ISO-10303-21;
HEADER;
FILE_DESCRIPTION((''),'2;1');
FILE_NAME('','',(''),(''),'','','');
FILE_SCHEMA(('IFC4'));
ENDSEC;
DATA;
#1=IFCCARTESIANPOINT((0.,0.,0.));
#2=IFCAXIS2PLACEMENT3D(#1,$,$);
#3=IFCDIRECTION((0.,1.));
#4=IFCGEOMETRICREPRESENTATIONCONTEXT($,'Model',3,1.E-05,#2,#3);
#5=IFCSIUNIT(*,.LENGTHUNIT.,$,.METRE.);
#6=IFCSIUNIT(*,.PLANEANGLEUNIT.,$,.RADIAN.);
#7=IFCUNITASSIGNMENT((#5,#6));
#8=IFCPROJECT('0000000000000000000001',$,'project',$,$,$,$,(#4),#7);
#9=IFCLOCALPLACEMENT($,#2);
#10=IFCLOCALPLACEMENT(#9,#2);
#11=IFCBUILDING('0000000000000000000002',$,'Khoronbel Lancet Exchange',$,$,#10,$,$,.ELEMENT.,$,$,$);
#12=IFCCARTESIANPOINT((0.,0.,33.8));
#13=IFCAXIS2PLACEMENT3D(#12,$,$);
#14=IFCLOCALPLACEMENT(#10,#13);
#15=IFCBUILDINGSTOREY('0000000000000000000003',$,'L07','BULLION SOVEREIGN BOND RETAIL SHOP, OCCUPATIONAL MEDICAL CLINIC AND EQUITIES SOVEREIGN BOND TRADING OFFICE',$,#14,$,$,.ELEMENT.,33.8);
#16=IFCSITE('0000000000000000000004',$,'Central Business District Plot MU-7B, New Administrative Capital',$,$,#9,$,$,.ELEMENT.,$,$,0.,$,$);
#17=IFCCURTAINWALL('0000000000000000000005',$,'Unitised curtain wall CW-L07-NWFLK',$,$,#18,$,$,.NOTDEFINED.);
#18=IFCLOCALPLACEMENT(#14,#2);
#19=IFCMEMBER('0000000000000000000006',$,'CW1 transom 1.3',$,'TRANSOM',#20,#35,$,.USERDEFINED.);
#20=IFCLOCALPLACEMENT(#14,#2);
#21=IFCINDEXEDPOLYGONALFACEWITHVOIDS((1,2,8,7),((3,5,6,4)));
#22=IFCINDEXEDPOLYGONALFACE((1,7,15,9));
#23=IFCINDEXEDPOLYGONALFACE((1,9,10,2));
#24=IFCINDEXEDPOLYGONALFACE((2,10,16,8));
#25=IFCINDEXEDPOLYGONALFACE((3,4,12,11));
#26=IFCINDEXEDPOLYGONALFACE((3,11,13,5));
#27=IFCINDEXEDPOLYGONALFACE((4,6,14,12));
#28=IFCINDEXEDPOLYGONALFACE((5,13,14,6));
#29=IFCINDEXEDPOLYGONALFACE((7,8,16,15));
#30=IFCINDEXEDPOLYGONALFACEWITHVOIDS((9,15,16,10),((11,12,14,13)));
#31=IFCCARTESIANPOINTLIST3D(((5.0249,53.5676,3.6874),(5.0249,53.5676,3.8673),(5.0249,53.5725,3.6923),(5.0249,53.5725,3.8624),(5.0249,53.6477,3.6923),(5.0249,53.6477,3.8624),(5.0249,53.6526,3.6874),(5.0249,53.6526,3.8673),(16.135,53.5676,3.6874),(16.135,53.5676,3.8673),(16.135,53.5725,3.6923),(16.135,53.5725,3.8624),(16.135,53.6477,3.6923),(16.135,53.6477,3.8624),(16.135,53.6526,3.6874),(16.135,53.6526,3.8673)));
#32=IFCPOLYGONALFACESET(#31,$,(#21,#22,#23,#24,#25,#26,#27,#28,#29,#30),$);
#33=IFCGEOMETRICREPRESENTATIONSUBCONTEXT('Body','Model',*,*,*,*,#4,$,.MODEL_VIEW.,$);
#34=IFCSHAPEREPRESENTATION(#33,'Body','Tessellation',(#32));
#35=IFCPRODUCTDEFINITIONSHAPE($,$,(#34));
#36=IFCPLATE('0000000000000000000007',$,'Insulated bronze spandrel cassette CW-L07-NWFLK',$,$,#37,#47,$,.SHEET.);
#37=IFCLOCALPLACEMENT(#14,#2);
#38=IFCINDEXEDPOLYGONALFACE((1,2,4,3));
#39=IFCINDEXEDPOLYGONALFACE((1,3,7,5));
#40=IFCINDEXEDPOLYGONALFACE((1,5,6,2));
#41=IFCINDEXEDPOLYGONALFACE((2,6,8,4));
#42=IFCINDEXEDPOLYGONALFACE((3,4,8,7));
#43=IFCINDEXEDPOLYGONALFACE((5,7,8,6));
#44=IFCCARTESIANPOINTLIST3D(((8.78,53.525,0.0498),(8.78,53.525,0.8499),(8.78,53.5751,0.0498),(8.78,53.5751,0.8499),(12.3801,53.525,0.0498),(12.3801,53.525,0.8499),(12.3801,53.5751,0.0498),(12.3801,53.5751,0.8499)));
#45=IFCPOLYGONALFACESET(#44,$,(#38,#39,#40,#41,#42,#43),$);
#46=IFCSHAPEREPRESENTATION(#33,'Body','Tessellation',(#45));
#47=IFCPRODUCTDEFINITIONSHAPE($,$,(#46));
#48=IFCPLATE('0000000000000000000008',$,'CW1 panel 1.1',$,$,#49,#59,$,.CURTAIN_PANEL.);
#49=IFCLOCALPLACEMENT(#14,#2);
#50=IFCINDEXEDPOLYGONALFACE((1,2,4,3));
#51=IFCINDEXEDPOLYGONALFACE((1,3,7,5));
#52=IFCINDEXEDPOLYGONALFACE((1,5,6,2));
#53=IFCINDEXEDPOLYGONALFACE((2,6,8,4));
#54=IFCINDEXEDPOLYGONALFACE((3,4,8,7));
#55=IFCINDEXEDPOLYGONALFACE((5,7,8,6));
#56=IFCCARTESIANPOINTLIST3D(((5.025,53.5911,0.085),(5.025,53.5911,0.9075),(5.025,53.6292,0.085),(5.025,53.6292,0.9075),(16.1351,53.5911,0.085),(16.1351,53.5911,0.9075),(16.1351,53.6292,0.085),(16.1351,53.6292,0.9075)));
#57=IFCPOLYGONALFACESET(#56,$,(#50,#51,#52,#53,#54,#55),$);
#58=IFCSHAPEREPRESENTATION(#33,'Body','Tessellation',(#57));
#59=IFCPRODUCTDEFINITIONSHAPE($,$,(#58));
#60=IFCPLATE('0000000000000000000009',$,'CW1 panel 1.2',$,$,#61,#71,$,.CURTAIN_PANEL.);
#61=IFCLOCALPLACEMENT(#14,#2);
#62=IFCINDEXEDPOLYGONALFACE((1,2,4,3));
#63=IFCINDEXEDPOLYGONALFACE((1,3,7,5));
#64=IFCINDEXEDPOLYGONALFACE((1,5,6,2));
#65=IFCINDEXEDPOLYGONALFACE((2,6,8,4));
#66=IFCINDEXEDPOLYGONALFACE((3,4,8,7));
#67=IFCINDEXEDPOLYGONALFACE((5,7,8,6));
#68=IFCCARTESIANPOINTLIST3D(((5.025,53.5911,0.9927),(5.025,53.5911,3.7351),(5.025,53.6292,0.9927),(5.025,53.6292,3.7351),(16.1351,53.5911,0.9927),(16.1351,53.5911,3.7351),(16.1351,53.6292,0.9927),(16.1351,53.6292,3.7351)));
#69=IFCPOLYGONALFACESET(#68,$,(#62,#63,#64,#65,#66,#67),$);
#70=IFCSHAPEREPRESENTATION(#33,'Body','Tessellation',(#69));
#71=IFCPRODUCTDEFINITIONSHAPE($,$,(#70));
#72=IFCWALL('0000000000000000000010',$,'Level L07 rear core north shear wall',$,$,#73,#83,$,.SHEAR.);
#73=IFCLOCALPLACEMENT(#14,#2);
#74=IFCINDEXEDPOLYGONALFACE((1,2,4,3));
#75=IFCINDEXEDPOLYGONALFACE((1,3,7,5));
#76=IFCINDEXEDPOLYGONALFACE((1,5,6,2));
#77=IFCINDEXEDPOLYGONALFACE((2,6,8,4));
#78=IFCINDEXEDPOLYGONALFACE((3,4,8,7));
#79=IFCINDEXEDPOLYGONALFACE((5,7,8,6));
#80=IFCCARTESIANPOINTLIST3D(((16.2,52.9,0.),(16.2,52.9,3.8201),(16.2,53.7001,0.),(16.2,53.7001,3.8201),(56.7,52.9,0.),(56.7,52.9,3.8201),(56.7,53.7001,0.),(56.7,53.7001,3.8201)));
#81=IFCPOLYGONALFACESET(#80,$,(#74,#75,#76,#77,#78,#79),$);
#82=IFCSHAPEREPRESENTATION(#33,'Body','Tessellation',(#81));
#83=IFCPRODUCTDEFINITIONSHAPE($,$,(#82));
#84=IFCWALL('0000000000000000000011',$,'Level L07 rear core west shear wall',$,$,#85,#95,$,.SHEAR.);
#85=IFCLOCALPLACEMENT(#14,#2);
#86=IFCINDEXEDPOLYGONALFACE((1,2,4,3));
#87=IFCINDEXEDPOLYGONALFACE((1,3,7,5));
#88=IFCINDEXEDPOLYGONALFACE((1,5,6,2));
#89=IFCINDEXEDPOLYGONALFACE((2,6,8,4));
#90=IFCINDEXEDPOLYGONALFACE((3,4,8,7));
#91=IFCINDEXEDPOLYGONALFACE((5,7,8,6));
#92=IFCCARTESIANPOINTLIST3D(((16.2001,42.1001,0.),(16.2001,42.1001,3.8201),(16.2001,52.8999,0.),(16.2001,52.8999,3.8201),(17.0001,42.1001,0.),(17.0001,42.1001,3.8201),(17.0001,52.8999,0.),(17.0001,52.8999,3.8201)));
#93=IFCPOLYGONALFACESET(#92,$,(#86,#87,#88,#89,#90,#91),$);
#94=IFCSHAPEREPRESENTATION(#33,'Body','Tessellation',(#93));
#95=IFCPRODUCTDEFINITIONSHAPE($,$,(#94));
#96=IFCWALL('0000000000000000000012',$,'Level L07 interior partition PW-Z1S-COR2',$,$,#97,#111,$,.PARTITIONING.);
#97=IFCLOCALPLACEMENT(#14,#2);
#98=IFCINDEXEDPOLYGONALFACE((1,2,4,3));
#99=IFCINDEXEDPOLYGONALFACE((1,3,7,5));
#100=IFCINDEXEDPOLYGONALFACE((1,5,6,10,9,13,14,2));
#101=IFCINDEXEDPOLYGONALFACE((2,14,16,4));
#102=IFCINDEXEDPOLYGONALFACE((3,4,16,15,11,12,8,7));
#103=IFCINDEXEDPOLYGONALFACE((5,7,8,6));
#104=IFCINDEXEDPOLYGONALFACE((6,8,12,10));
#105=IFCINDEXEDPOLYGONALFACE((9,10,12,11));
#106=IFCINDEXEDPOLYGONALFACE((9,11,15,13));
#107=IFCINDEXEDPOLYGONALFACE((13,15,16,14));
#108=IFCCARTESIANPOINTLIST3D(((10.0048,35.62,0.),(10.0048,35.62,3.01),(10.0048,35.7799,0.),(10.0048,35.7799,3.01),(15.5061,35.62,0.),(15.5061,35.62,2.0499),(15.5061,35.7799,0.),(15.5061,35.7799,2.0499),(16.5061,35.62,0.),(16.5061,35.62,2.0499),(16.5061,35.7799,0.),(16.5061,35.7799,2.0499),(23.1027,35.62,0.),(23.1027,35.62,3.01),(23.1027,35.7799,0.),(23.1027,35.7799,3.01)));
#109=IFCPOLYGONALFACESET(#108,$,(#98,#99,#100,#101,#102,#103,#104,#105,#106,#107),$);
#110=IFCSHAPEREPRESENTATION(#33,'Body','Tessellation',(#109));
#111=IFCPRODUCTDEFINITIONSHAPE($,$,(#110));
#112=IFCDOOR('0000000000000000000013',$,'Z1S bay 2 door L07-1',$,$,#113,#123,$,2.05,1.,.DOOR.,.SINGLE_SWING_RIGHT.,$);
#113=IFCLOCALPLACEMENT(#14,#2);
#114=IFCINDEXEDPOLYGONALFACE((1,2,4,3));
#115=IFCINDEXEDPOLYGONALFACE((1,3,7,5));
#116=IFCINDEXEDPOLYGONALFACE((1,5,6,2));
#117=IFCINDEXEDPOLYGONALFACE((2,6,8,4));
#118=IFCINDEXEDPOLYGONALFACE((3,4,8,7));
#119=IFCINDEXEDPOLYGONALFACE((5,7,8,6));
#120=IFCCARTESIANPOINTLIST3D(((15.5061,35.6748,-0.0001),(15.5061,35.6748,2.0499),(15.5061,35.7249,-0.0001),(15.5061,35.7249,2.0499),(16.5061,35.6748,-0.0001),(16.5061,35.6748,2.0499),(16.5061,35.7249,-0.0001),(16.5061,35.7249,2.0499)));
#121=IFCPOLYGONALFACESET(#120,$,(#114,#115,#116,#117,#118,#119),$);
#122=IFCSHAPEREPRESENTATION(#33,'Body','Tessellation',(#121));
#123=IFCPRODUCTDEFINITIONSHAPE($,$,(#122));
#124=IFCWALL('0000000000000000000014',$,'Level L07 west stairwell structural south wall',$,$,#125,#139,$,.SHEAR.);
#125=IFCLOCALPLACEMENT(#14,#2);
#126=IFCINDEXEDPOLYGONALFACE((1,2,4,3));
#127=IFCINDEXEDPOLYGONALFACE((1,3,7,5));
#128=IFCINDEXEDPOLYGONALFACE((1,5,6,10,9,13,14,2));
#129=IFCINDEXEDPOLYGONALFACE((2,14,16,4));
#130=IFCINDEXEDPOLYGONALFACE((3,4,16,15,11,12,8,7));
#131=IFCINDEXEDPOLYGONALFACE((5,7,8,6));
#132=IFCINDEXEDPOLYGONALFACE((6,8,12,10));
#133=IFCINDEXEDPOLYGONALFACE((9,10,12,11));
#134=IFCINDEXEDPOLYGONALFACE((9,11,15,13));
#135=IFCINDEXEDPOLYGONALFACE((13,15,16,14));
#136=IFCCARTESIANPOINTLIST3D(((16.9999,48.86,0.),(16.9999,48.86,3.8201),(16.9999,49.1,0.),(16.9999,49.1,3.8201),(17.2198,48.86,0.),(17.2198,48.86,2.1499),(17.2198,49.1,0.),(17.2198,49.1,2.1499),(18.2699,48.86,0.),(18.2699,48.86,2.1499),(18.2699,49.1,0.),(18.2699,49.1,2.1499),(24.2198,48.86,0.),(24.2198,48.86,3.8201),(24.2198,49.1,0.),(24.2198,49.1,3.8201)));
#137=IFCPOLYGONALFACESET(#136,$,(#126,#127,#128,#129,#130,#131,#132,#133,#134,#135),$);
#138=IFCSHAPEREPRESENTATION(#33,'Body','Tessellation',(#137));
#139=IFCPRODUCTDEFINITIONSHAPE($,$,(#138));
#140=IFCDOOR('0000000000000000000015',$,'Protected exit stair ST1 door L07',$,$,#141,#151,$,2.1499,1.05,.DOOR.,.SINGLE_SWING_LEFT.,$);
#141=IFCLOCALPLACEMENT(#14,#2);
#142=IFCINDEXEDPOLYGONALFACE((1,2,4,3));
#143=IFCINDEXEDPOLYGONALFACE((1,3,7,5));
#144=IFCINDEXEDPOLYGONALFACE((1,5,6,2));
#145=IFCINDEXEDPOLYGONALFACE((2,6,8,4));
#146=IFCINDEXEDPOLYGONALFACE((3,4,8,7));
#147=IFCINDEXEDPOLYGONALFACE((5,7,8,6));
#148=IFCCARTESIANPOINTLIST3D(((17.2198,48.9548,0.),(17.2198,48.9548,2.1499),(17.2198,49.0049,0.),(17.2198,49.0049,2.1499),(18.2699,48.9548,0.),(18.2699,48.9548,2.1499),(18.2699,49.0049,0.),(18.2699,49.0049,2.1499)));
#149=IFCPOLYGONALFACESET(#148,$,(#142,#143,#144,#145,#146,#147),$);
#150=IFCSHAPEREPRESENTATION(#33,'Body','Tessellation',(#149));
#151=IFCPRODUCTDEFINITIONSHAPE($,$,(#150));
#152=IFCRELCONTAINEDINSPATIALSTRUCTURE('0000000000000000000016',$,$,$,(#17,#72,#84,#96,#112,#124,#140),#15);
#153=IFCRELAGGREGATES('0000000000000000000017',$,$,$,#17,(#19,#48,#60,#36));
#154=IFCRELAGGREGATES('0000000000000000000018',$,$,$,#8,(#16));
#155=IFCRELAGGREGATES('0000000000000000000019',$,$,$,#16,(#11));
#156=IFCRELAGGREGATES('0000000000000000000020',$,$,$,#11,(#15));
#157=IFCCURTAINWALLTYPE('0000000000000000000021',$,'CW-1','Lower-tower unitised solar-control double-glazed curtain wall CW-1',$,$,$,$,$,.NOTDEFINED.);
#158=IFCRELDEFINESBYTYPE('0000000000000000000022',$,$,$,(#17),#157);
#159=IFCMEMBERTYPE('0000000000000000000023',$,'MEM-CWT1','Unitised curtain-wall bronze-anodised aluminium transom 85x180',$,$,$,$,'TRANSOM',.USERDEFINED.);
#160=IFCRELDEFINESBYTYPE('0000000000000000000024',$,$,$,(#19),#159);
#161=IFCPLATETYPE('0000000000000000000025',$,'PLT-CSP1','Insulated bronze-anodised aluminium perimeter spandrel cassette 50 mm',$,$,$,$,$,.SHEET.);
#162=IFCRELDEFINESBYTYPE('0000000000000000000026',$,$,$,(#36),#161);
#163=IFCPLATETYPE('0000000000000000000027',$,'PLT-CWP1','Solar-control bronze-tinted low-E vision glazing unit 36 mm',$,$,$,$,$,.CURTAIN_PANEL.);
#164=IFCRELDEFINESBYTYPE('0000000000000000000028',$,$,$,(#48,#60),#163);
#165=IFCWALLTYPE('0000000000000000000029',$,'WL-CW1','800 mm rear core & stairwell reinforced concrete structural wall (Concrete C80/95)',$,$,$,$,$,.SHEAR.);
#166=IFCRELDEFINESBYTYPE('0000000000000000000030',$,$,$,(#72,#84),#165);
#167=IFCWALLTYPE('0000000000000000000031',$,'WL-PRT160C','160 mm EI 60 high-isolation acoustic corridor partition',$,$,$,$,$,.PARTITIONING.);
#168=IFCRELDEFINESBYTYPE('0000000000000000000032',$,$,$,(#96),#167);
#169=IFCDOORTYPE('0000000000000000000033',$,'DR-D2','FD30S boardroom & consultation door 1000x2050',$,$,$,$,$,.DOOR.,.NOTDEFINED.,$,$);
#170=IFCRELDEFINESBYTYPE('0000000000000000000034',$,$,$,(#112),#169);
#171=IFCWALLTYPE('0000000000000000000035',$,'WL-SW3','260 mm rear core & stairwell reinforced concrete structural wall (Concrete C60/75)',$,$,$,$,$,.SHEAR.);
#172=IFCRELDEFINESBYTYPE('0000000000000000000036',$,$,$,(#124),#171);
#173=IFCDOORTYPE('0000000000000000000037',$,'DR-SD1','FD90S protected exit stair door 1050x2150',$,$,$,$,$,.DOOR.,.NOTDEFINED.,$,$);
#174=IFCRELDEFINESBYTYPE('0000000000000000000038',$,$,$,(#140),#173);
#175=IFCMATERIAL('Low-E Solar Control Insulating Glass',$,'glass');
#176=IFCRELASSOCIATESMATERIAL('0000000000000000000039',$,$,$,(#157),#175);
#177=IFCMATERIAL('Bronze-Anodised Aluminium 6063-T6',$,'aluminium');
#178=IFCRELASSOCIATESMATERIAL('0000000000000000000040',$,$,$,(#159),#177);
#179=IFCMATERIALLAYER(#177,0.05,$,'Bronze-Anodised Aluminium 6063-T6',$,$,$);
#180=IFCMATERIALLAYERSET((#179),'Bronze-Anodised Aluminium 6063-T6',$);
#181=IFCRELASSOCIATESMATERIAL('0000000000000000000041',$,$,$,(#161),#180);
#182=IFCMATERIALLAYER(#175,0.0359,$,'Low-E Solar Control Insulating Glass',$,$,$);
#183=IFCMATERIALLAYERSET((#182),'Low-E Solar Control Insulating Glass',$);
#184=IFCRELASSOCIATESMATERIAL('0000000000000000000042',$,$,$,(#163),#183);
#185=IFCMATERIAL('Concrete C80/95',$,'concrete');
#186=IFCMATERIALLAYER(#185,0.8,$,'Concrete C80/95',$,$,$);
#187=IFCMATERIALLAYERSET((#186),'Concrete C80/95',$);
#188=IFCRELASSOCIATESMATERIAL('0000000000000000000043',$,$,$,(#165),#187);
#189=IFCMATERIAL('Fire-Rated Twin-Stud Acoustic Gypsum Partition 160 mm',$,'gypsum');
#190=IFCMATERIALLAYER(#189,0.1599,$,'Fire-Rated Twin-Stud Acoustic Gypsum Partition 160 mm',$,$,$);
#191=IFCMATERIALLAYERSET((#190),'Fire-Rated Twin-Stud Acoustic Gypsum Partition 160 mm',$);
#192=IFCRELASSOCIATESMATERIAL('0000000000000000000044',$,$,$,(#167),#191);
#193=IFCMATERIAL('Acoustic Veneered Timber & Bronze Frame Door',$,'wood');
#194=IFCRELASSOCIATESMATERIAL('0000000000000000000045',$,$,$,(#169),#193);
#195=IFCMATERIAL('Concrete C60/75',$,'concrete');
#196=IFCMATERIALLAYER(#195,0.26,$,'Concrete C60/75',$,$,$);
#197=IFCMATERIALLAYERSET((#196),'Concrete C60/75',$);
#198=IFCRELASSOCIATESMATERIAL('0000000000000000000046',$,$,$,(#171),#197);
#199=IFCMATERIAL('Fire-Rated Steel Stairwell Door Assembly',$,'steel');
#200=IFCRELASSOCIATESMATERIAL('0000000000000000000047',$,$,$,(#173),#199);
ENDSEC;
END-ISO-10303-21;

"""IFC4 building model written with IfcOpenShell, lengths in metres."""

from ifc_helpers import new_model, si_unit, direction, frame, frame_2d, origin, origin_2d, place, context, subcontext, project, spatial, rectangle, hollow_rectangle, extrude, material, layer, layer_set, material_profile, profile_set, type_object, element, fill, aggregate, save


model = new_model("IFC4")

# Units and contexts
model_context = context("Model", 3, precision=1e-05, world=origin(), true_north=direction((0.0, 1.0)))
body_context = subcontext(model_context, "Body", "Model", "MODEL_VIEW")
ifc_project = project(units=[si_unit("LENGTHUNIT", "METRE"), si_unit("PLANEANGLEUNIT", "RADIAN")], contexts=[model_context])

# Site, building, storey
site_placement = place(None, origin())
site = spatial("IfcSite", under=ifc_project, at=site_placement, Name="Central Business District Plot MU-7B, New Administrative Capital", CompositionType="ELEMENT", RefElevation=0.0)
building_placement = place(site_placement, origin())
building = spatial("IfcBuilding", under=site, at=building_placement, Name="Khoronbel Lancet Exchange", CompositionType="ELEMENT")
storey_placement = place(building_placement, frame((0.0, 0.0, 33.8)))
storey = spatial("IfcBuildingStorey", under=building, at=storey_placement, Name="L07", Description="BULLION SOVEREIGN BOND RETAIL SHOP, OCCUPATIONAL MEDICAL CLINIC AND EQUITIES SOVEREIGN BOND TRADING OFFICE", CompositionType="ELEMENT", Elevation=33.8)

# Curtain wall, member, plates
ifc_material_1 = material(Name="Low-E Solar Control Insulating Glass", Category="glass")
curtain_wall_type = type_object("IfcCurtainWallType", Name="CW-1", Description="Lower-tower unitised solar-control double-glazed curtain wall CW-1", PredefinedType="NOTDEFINED", material=ifc_material_1)
curtain_wall_placement = place(storey_placement, origin())
curtain_wall = element("IfcCurtainWall", 1, at=curtain_wall_placement, inside=storey, type_object=curtain_wall_type, Name="Unitised curtain wall CW-L07-NWFLK", PredefinedType="NOTDEFINED")
ifc_material_2 = material(Name="Bronze-Anodised Aluminium 6063-T6", Category="aluminium")
ifc_material_profile_1 = material_profile(ifc_material_2, hollow_rectangle(XDim=0.085, YDim=0.1799, WallThickness=0.0049, at=origin_2d()), Name="ALU TRANSOM 85x180")
ifc_profile_set_1 = profile_set([ifc_material_profile_1], Name="Bronze-Anodised Aluminium 6063-T6")
member_type_1 = type_object("IfcMemberType", Name="MEM-CWT1", Description="Unitised curtain-wall bronze-anodised aluminium transom 85x180", ElementType="TRANSOM", PredefinedType="USERDEFINED", material=ifc_profile_set_1)
member_1_placement = place(storey_placement, frame((16.135, 53.6101, 3.7773), z_axis=(-1.0, 0.0, 0.0), x_axis=(0.0, -1.0, 0.0)))
member_1 = element("IfcMember", 2, at=member_1_placement, type_object=member_type_1, Name="CW1 transom 1.3", ObjectType="TRANSOM", PredefinedType="USERDEFINED", context=body_context, shape_type="SweptSolid", body=[
    extrude(hollow_rectangle(XDim=0.085, YDim=0.1799, WallThickness=0.0049, at=origin_2d()), origin(), (0.0, 0.0, 1.0), 11.1101),
])
ifc_layer_1 = layer(ifc_material_2, 0.05, Name="Bronze-Anodised Aluminium 6063-T6")
ifc_layer_set_1 = layer_set([ifc_layer_1], Name="Bronze-Anodised Aluminium 6063-T6")
plate_type_1 = type_object("IfcPlateType", Name="PLT-CSP1", Description="Insulated bronze-anodised aluminium perimeter spandrel cassette 50 mm", PredefinedType="SHEET", material=ifc_layer_set_1)
plate_1_placement = place(storey_placement, frame((10.5801, 53.55, 0.0498), z_axis=(0.0, 0.0, 1.0), x_axis=(-1.0, 0.0, 0.0)))
plate_1 = element("IfcPlate", 3, at=plate_1_placement, type_object=plate_type_1, Name="Insulated bronze spandrel cassette CW-L07-NWFLK", PredefinedType="SHEET", context=body_context, shape_type="SweptSolid", body=[
    extrude(rectangle(XDim=3.6001, YDim=0.05, at=origin_2d()), origin(), (0.0, 0.0, 1.0), 0.8),
])
ifc_layer_2 = layer(ifc_material_1, 0.0359, Name="Low-E Solar Control Insulating Glass")
ifc_layer_set_2 = layer_set([ifc_layer_2], Name="Low-E Solar Control Insulating Glass")
plate_type_2 = type_object("IfcPlateType", Name="PLT-CWP1", Description="Solar-control bronze-tinted low-E vision glazing unit 36 mm", PredefinedType="CURTAIN_PANEL", material=ifc_layer_set_2)
plate_2_placement = place(storey_placement, frame((10.5801, 53.6101, 0.085), z_axis=(0.0, 0.0, 1.0), x_axis=(-1.0, 0.0, 0.0)))
plate_2 = element("IfcPlate", 4, at=plate_2_placement, type_object=plate_type_2, Name="CW1 panel 1.1", PredefinedType="CURTAIN_PANEL", context=body_context, shape_type="SweptSolid", body=[
    extrude(rectangle(XDim=11.1101, YDim=0.0381, at=origin_2d()), origin(), (0.0, 0.0, 1.0), 0.8225),
])
plate_3_placement = place(storey_placement, frame((10.5801, 53.6101, 0.9927), z_axis=(0.0, 0.0, 1.0), x_axis=(-1.0, 0.0, 0.0)))
plate_3 = element("IfcPlate", 5, at=plate_3_placement, type_object=plate_type_2, Name="CW1 panel 1.2", PredefinedType="CURTAIN_PANEL", context=body_context, shape_type="SweptSolid", body=[
    extrude(rectangle(XDim=11.1101, YDim=0.0381, at=origin_2d()), origin(), (0.0, 0.0, 1.0), 2.7424),
])
aggregate(curtain_wall, [member_1, plate_2, plate_3, plate_1])

# Walls
ifc_material_3 = material(Name="Concrete C80/95", Category="concrete")
ifc_layer_3 = layer(ifc_material_3, 0.8, Name="Concrete C80/95")
ifc_layer_set_3 = layer_set([ifc_layer_3], Name="Concrete C80/95")
wall_type_1 = type_object("IfcWallType", Name="WL-CW1", Description="800 mm rear core & stairwell reinforced concrete structural wall (Concrete C80/95)", PredefinedType="SHEAR", material=ifc_layer_set_3)
wall_1_placement = place(storey_placement, frame((16.2, 53.3, 0.0), z_axis=(0.0, 0.0, 1.0), x_axis=(1.0, 0.0, 0.0)))
element("IfcWall", 6, at=wall_1_placement, inside=storey, type_object=wall_type_1, Name="Level L07 rear core north shear wall", PredefinedType="SHEAR", context=body_context, shape_type="SweptSolid", body=[
    extrude(rectangle(XDim=40.5, YDim=0.8, at=frame_2d((20.25, 0.0))), origin(), (0.0, 0.0, 1.0), 3.8201),
])
wall_2_placement = place(storey_placement, frame((16.6001, 42.1001, 0.0), z_axis=(0.0, 0.0, 1.0), x_axis=(0.0, 1.0, 0.0)))
element("IfcWall", 7, at=wall_2_placement, inside=storey, type_object=wall_type_1, Name="Level L07 rear core west shear wall", PredefinedType="SHEAR", context=body_context, shape_type="SweptSolid", body=[
    extrude(rectangle(XDim=10.7998, YDim=0.8, at=frame_2d((5.3999, 0.0))), origin(), (0.0, 0.0, 1.0), 3.8201),
])

# Walls, openings, doors
ifc_material_4 = material(Name="Fire-Rated Twin-Stud Acoustic Gypsum Partition 160 mm", Category="gypsum")
ifc_layer_4 = layer(ifc_material_4, 0.1599, Name="Fire-Rated Twin-Stud Acoustic Gypsum Partition 160 mm")
ifc_layer_set_4 = layer_set([ifc_layer_4], Name="Fire-Rated Twin-Stud Acoustic Gypsum Partition 160 mm")
wall_type_2 = type_object("IfcWallType", Name="WL-PRT160C", Description="160 mm EI 60 high-isolation acoustic corridor partition", PredefinedType="PARTITIONING", material=ifc_layer_set_4)
wall_3_placement = place(storey_placement, frame((10.0049, 35.7, 0.0), z_axis=(0.0, 0.0, 1.0), x_axis=(1.0, 0.0, 0.0)))
wall_3 = element("IfcWall", 8, at=wall_3_placement, inside=storey, type_object=wall_type_2, Name="Level L07 interior partition PW-Z1S-COR2", PredefinedType="PARTITIONING", context=body_context, shape_type="SweptSolid", body=[
    extrude(rectangle(XDim=13.0979, YDim=0.1599, at=frame_2d((6.5488, 0.0))), origin(), (0.0, 0.0, 1.0), 3.01),
])
opening_1_placement = place(wall_3_placement, frame((5.5012, 0.0, 0.0)))
opening_1 = element("IfcOpeningElement", 9, at=opening_1_placement, cuts=wall_3, PredefinedType="OPENING", context=body_context, shape_type="SweptSolid", body=[
    extrude(rectangle(XDim=1.0, YDim=2.05, at=frame_2d((0.5, 1.0249))), frame((0.0, 0.0898, 0.0), z_axis=(0.0, -1.0, 0.0), x_axis=(1.0, 0.0, 0.0)), (0.0, 0.0, 1.0), 0.1799),
])
ifc_material_5 = material(Name="Acoustic Veneered Timber & Bronze Frame Door", Category="wood")
door_type_1 = type_object("IfcDoorType", Name="DR-D2", Description="FD30S boardroom & consultation door 1000x2050", OperationType="NOTDEFINED", PredefinedType="DOOR", material=ifc_material_5)
door_1_placement = place(opening_1_placement, origin())
door_1 = element("IfcDoor", 10, at=door_1_placement, inside=storey, type_object=door_type_1, Name="Z1S bay 2 door L07-1", OperationType="SINGLE_SWING_RIGHT", OverallHeight=2.05, OverallWidth=1.0, PredefinedType="DOOR", context=body_context, shape_type="SweptSolid", body=[
    extrude(rectangle(XDim=1.0, YDim=2.05, at=frame_2d((0.5, 1.0249))), frame((0.0, 0.0249, 0.0), z_axis=(0.0, -1.0, 0.0), x_axis=(1.0, 0.0, 0.0)), (0.0, 0.0, 1.0), 0.05),
])
fill(opening_1, door_1)
ifc_material_6 = material(Name="Concrete C60/75", Category="concrete")
ifc_layer_5 = layer(ifc_material_6, 0.26, Name="Concrete C60/75")
ifc_layer_set_5 = layer_set([ifc_layer_5], Name="Concrete C60/75")
wall_type_3 = type_object("IfcWallType", Name="WL-SW3", Description="260 mm rear core & stairwell reinforced concrete structural wall (Concrete C60/75)", PredefinedType="SHEAR", material=ifc_layer_set_5)
wall_4_placement = place(storey_placement, frame((17.0, 48.98, 0.0), z_axis=(0.0, 0.0, 1.0), x_axis=(1.0, 0.0, 0.0)))
wall_4 = element("IfcWall", 11, at=wall_4_placement, inside=storey, type_object=wall_type_3, Name="Level L07 west stairwell structural south wall", PredefinedType="SHEAR", context=body_context, shape_type="SweptSolid", body=[
    extrude(rectangle(XDim=7.22, YDim=0.24, at=frame_2d((3.6099, 0.0))), origin(), (0.0, 0.0, 1.0), 3.8201),
])
opening_2_placement = place(wall_4_placement, frame((0.22, 0.0, 0.0)))
opening_2 = element("IfcOpeningElement", 12, at=opening_2_placement, cuts=wall_4, PredefinedType="OPENING", context=body_context, shape_type="SweptSolid", body=[
    extrude(rectangle(XDim=1.05, YDim=2.1499, at=frame_2d((0.5249, 1.075))), frame((0.0, 0.1299, 0.0), z_axis=(0.0, -1.0, 0.0), x_axis=(1.0, 0.0, 0.0)), (0.0, 0.0, 1.0), 0.26),
])
ifc_material_7 = material(Name="Fire-Rated Steel Stairwell Door Assembly", Category="steel")
door_type_2 = type_object("IfcDoorType", Name="DR-SD1", Description="FD90S protected exit stair door 1050x2150", OperationType="NOTDEFINED", PredefinedType="DOOR", material=ifc_material_7)
door_2_placement = place(opening_2_placement, origin())
door_2 = element("IfcDoor", 13, at=door_2_placement, inside=storey, type_object=door_type_2, Name="Protected exit stair ST1 door L07", OperationType="SINGLE_SWING_LEFT", OverallHeight=2.1499, OverallWidth=1.05, PredefinedType="DOOR", context=body_context, shape_type="SweptSolid", body=[
    extrude(rectangle(XDim=1.05, YDim=2.1499, at=frame_2d((0.5249, 1.075))), frame((0.0, 0.0249, 0.0), z_axis=(0.0, -1.0, 0.0), x_axis=(1.0, 0.0, 0.0)), (0.0, 0.0, 1.0), 0.05),
])
fill(opening_2, door_2)

save(model, "model.ifc")
